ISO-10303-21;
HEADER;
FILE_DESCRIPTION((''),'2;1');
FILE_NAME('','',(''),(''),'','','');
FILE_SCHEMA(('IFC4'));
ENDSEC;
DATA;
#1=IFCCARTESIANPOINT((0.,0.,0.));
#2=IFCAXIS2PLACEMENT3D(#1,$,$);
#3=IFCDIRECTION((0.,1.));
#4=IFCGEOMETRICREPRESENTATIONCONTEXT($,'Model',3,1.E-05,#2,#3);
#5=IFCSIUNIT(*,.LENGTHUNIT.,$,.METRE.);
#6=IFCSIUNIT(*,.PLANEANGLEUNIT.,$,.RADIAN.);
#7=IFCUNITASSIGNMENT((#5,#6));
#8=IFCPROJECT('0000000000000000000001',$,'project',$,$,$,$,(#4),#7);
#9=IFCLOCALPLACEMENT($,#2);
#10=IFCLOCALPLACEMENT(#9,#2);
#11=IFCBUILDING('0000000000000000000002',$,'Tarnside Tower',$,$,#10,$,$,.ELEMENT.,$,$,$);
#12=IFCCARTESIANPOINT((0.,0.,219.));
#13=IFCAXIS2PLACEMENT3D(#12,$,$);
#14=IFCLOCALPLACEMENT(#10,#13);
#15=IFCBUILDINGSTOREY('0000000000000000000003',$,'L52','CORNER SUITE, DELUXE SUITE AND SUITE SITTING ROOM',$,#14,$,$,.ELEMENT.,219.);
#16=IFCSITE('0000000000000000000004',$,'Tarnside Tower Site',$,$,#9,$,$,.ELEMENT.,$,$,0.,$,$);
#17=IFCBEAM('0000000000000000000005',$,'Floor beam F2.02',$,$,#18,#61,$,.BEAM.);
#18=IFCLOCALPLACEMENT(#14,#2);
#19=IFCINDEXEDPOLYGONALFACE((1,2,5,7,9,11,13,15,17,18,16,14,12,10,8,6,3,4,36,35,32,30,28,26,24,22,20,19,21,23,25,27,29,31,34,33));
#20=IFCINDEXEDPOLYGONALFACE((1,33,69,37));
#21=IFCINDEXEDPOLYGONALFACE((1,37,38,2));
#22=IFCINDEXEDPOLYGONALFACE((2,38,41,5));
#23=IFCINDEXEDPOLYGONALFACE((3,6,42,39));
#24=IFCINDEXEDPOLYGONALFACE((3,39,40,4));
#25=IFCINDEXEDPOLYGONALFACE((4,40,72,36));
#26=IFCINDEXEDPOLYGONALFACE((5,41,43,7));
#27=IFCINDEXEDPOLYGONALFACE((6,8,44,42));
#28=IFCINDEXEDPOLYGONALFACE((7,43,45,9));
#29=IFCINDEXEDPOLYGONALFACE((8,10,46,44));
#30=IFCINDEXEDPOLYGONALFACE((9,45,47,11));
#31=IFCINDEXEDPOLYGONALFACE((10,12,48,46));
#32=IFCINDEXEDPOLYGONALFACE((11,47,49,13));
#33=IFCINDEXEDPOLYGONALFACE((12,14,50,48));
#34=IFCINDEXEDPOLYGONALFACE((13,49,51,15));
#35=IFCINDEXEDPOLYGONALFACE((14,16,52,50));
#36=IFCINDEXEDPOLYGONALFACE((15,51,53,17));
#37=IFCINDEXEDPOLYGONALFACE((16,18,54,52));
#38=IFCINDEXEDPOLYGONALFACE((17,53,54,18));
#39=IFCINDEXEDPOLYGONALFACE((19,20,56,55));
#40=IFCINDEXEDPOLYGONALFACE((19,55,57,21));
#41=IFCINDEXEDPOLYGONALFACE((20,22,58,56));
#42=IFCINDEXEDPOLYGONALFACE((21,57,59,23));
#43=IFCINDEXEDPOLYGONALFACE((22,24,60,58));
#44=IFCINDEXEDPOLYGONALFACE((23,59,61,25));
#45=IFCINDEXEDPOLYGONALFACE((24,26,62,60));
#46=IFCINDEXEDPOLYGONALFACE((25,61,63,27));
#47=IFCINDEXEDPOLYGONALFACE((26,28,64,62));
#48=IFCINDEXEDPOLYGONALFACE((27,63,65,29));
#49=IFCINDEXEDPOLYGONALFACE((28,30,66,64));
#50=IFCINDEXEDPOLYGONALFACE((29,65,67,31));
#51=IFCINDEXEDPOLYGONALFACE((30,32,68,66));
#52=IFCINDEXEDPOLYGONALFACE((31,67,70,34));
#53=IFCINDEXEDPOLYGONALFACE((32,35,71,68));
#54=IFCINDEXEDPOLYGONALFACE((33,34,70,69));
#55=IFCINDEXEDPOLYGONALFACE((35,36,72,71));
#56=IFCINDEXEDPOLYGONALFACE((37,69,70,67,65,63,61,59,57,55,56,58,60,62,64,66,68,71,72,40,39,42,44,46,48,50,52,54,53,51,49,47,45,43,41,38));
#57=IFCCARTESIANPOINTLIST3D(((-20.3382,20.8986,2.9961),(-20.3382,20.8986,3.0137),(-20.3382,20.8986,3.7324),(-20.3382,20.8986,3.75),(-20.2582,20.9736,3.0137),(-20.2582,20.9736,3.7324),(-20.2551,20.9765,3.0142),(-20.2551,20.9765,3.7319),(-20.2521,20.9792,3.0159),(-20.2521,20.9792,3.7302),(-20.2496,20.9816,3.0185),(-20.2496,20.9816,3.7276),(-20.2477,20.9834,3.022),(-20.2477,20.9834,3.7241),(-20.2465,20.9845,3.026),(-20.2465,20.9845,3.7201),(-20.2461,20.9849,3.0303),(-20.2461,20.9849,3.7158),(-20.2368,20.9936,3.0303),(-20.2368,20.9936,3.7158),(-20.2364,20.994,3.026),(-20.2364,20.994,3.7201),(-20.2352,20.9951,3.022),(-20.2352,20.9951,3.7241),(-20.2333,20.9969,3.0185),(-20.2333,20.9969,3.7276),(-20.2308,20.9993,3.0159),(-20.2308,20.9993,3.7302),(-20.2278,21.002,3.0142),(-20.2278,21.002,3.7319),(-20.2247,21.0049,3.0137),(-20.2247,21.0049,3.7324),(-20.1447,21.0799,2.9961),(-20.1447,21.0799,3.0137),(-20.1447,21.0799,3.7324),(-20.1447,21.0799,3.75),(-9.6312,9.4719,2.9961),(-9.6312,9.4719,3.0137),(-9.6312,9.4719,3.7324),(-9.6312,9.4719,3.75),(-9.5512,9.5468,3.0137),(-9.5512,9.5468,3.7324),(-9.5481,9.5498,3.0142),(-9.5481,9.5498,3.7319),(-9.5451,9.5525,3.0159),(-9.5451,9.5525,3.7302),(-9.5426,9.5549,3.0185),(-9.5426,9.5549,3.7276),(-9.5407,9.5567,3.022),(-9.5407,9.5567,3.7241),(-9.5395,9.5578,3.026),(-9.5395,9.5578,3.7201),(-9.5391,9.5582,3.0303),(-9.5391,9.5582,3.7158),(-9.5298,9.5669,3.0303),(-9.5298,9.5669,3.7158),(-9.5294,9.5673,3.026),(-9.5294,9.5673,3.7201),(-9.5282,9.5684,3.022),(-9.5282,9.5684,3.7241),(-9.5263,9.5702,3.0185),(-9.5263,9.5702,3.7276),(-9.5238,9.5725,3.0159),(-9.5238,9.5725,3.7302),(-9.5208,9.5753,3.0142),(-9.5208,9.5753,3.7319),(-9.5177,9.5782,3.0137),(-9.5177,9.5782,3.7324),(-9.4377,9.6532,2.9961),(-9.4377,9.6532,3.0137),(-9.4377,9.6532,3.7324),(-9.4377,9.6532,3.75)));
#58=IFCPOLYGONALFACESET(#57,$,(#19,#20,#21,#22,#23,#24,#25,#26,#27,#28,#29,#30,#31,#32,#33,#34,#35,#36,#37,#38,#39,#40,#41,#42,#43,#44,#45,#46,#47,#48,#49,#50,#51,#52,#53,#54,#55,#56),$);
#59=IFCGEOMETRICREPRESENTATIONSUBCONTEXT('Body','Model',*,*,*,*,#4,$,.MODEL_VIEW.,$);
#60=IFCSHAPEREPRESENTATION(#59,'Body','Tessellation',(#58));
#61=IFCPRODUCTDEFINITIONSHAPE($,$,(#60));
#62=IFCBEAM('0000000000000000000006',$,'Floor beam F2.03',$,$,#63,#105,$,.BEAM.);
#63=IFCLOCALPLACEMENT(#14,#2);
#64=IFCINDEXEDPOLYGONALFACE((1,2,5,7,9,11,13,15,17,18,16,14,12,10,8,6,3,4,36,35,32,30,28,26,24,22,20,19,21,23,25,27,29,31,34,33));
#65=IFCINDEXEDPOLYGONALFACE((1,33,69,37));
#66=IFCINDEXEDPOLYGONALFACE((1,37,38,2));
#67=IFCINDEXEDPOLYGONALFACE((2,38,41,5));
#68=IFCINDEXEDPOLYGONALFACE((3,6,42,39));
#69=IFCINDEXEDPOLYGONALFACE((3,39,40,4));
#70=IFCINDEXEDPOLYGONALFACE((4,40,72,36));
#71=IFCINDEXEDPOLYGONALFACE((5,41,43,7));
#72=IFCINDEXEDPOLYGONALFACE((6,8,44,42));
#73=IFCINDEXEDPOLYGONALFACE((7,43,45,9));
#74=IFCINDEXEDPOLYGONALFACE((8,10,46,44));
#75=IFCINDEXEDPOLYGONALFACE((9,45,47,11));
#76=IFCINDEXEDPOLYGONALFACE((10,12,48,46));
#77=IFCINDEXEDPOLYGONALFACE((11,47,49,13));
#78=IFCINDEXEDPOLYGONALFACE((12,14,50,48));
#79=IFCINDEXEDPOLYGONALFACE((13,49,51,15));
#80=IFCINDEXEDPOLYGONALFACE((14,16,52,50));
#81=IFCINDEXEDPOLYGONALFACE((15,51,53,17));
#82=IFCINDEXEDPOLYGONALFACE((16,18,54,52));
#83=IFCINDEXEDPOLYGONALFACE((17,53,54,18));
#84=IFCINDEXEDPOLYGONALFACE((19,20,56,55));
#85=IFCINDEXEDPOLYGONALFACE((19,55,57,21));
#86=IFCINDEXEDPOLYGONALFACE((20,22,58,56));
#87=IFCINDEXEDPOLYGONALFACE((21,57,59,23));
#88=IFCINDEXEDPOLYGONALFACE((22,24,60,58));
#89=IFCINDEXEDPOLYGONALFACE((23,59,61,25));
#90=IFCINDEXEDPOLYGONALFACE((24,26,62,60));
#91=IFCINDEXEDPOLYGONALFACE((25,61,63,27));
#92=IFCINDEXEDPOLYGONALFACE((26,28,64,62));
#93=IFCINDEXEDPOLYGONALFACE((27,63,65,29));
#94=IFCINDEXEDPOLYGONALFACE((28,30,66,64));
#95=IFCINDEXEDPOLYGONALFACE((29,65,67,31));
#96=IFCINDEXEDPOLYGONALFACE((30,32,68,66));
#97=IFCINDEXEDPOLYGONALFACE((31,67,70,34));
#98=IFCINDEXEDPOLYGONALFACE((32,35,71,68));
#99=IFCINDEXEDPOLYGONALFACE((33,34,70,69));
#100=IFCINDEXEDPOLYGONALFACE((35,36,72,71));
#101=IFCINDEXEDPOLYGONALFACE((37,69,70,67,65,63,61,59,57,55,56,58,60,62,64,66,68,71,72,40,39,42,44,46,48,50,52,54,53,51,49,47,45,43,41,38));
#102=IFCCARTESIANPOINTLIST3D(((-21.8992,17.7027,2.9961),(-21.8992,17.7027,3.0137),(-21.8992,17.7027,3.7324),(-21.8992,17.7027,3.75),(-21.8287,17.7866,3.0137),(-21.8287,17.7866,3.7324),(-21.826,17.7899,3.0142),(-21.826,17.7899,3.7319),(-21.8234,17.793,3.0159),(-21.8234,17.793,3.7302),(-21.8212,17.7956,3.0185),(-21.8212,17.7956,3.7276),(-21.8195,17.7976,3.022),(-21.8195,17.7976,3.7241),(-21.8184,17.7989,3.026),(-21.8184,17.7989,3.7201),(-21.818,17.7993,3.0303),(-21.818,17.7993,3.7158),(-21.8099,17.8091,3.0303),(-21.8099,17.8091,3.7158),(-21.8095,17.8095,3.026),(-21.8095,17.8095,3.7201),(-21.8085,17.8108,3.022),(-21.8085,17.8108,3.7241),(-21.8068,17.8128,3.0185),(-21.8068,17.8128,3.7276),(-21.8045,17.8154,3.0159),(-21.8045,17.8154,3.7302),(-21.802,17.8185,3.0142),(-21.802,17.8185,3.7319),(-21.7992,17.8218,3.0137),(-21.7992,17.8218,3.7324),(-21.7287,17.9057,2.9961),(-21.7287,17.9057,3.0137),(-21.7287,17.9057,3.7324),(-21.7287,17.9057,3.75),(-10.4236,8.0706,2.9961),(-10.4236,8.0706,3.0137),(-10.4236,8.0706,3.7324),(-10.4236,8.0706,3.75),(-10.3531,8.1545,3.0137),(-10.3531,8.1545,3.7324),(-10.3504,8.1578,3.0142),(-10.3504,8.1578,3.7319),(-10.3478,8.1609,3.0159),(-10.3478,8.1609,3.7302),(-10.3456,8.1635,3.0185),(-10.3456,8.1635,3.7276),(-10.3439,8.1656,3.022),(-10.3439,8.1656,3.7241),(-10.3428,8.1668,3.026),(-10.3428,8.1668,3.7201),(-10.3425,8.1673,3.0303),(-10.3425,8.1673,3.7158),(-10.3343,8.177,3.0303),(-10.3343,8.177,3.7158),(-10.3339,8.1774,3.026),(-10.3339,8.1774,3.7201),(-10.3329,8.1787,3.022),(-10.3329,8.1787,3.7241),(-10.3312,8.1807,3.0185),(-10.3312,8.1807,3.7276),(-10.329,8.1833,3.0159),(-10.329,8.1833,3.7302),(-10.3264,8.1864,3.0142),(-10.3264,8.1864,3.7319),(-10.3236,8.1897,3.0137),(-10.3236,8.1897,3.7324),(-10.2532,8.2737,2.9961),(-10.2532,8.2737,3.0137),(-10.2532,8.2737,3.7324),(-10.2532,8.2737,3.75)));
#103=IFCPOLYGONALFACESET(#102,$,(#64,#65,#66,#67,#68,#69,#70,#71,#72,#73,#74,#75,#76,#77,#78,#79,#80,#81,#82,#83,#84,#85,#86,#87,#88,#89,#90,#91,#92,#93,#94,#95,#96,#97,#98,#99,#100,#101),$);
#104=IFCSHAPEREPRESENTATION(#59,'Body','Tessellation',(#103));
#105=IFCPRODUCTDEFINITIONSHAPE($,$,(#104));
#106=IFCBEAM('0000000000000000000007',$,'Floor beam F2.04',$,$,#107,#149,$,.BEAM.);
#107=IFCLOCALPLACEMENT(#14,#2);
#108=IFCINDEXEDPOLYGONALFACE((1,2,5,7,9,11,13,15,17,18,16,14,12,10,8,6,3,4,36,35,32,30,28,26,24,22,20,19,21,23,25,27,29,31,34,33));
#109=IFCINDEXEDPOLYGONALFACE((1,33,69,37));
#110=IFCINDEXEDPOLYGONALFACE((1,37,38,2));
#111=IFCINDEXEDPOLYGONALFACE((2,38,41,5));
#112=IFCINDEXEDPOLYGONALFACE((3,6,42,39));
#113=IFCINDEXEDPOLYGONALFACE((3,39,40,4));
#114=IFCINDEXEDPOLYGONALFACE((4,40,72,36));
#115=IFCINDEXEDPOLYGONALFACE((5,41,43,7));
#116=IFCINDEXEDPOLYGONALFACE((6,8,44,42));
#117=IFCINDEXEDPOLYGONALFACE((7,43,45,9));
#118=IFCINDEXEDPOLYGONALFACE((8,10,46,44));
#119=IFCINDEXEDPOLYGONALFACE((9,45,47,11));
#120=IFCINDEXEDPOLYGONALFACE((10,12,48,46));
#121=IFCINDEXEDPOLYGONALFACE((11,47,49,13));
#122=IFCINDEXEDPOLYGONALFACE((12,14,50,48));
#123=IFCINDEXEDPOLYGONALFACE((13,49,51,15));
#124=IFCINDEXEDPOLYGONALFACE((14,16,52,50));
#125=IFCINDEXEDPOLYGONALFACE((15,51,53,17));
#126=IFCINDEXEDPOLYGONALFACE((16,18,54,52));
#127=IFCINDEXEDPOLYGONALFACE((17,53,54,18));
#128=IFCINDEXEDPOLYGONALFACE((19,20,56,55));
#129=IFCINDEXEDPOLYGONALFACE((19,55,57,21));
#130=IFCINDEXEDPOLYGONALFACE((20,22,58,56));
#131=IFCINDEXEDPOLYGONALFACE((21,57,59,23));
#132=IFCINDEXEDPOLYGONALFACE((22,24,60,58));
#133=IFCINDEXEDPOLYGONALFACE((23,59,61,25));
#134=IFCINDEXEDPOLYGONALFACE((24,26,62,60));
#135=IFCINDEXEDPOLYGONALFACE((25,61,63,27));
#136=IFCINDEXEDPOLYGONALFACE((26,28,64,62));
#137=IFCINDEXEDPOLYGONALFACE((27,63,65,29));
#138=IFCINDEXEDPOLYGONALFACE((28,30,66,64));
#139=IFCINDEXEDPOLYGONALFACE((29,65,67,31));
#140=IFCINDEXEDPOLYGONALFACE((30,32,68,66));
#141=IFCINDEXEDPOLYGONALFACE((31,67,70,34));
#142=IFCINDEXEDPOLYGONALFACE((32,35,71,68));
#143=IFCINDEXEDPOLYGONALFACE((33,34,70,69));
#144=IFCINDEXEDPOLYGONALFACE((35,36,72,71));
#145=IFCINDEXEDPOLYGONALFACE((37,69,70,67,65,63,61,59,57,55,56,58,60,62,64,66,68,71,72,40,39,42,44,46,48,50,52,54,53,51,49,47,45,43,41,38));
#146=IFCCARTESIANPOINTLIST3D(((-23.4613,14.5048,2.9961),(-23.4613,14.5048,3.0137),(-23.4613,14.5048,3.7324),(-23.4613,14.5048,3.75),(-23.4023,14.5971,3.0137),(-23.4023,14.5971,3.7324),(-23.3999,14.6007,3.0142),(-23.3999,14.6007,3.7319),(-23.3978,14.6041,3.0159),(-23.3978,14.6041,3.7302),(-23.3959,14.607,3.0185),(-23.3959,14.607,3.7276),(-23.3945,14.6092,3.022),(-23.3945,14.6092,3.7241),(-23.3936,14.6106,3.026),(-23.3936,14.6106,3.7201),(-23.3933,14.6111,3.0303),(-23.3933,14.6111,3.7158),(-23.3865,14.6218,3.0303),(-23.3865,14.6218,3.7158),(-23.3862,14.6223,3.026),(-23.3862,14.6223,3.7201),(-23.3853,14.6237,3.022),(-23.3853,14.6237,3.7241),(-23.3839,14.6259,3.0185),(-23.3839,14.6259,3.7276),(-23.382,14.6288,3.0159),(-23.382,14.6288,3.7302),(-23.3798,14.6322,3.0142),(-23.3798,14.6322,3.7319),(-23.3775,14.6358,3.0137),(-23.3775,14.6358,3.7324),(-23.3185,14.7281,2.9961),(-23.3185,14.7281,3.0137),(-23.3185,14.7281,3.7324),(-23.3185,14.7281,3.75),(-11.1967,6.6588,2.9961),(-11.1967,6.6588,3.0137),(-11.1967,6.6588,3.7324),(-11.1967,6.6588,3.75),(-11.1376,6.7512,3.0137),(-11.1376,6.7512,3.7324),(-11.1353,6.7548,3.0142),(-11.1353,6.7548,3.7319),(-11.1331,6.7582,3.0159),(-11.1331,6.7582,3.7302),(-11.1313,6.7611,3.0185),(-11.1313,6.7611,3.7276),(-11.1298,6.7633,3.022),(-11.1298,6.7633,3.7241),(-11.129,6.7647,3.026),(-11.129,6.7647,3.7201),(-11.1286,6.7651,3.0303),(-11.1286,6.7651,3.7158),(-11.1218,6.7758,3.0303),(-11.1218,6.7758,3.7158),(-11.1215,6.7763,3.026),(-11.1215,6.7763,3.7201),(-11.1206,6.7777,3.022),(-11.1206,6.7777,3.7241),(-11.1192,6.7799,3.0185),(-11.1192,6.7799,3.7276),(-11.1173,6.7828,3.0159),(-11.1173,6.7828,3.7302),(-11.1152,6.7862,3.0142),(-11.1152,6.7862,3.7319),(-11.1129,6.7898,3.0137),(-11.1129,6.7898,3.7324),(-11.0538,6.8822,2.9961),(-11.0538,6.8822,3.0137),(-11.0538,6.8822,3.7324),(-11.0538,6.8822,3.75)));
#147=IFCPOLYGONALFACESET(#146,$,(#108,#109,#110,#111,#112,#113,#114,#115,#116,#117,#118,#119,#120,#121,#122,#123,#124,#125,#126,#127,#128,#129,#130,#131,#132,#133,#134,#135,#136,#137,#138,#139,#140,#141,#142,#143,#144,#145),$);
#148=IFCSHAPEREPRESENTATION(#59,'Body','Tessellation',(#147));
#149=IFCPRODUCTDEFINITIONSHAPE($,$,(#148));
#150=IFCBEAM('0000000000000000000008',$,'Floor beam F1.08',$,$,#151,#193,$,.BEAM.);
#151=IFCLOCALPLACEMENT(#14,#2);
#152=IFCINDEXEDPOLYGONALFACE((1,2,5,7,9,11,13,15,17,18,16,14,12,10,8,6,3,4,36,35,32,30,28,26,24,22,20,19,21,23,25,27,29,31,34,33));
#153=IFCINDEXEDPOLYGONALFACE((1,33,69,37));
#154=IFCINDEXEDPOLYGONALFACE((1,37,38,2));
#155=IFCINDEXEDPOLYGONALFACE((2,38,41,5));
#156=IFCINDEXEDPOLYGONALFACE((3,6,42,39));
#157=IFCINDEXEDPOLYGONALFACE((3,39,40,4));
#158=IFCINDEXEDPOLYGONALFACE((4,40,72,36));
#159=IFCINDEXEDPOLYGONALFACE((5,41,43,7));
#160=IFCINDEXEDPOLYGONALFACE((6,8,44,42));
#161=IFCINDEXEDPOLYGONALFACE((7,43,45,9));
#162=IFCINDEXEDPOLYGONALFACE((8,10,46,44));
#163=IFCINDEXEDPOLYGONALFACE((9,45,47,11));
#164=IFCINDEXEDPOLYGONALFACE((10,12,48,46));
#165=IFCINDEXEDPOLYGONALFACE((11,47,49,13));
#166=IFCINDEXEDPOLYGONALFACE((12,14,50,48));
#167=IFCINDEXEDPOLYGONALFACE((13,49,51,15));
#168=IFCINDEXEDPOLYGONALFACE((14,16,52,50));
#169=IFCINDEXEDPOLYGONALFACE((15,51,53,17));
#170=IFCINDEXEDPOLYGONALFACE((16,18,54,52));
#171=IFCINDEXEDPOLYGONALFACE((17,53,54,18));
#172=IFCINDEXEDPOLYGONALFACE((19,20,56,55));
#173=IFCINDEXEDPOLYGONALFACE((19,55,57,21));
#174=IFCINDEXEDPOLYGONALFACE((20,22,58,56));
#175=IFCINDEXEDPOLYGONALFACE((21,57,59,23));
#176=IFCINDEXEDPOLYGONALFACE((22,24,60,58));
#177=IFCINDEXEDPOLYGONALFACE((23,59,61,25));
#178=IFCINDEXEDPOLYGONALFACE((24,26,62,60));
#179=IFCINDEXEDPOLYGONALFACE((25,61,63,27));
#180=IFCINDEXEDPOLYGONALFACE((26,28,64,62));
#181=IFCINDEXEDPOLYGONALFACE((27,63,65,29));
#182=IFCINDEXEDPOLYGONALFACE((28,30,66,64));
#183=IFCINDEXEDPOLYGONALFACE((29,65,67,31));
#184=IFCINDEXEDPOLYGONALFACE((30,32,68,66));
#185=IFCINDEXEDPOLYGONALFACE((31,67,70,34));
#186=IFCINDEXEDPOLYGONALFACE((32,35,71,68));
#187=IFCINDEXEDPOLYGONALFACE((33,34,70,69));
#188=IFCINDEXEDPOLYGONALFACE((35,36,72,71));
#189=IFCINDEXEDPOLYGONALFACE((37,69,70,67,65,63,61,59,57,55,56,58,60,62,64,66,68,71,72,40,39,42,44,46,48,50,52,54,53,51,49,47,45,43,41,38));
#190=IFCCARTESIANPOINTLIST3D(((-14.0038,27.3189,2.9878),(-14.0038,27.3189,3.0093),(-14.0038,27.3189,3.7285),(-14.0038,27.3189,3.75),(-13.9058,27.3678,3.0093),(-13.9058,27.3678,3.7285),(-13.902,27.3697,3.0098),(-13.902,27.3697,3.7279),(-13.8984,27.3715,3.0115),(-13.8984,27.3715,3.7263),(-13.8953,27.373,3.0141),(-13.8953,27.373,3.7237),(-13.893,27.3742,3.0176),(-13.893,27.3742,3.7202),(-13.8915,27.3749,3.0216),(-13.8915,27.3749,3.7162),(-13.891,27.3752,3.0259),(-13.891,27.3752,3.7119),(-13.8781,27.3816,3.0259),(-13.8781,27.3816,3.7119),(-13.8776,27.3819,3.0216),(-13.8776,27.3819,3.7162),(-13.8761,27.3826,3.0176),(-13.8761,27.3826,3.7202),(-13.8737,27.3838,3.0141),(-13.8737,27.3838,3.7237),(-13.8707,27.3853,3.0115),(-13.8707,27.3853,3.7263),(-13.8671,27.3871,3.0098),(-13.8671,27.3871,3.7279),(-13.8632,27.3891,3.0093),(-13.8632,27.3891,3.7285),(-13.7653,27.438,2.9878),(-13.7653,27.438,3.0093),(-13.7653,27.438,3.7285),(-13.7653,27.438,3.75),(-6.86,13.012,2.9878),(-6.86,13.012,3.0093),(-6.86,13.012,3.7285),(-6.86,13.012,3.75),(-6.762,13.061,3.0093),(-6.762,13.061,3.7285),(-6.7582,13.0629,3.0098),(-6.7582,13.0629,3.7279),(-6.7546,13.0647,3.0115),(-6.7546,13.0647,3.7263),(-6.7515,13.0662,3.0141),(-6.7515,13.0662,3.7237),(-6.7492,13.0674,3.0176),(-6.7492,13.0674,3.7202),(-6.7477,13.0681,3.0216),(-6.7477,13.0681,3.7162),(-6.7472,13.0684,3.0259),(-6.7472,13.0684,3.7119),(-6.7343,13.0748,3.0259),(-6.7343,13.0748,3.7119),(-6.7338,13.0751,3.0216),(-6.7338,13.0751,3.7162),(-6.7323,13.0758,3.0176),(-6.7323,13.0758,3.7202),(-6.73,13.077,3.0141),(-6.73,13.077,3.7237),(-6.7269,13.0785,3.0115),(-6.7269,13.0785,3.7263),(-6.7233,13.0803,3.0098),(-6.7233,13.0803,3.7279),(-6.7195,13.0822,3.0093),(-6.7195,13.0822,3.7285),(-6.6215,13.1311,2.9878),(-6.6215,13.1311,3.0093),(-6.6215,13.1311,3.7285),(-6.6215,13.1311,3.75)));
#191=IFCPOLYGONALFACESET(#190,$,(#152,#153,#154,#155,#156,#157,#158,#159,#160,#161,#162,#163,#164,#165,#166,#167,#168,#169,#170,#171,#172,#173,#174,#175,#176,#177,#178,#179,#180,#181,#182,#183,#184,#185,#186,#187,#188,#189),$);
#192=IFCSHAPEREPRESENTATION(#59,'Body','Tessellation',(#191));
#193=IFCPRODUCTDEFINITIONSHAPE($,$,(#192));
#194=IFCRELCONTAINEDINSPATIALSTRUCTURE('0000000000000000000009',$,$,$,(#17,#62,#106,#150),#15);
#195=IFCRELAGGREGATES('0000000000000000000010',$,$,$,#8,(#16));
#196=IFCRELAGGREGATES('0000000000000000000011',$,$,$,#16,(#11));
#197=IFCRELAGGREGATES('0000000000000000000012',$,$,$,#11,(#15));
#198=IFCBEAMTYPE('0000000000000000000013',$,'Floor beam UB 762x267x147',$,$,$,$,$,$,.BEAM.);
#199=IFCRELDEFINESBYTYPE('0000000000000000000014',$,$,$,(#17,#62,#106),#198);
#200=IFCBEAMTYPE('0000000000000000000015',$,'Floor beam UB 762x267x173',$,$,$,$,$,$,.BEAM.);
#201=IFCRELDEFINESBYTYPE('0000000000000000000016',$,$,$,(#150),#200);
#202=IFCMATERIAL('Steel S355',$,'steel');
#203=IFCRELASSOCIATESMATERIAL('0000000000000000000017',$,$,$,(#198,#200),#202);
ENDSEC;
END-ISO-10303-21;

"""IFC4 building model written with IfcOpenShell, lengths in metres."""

from ifc_helpers import new_model, si_unit, direction, frame, origin, origin_2d, place, context, subcontext, project, spatial, i_section, extrude, material, material_profile, profile_set, type_object, element, save


model = new_model("IFC4")

# Units and contexts
model_context = context("Model", 3, precision=1e-05, world=origin(), true_north=direction((0.0, 1.0)))
body_context = subcontext(model_context, "Body", "Model", "MODEL_VIEW")
ifc_project = project(units=[si_unit("LENGTHUNIT", "METRE"), si_unit("PLANEANGLEUNIT", "RADIAN")], contexts=[model_context])

# Site, building, storey
site_placement = place(None, origin())
site = spatial("IfcSite", under=ifc_project, at=site_placement, Name="Tarnside Tower Site", CompositionType="ELEMENT", RefElevation=0.0)
building_placement = place(site_placement, origin())
building = spatial("IfcBuilding", under=site, at=building_placement, Name="Tarnside Tower", CompositionType="ELEMENT")
storey_placement = place(building_placement, frame((0.0, 0.0, 219.0)))
storey = spatial("IfcBuildingStorey", under=building, at=storey_placement, Name="L52", Description="CORNER SUITE, DELUXE SUITE AND SUITE SITTING ROOM", CompositionType="ELEMENT", Elevation=219.0)

# Beams
ifc_material_1 = material(Name="Steel S355", Category="steel")
ifc_material_profile_1 = material_profile(ifc_material_1, i_section(OverallWidth=0.2651, OverallDepth=0.7539, WebThickness=0.0127, FlangeThickness=0.0176, FilletRadius=0.0166, at=origin_2d()), Name="UB 762x267x147")
ifc_profile_set_1 = profile_set([ifc_material_profile_1], Name="Steel S355")
beam_type_1 = type_object("IfcBeamType", Name="Floor beam UB 762x267x147", PredefinedType="BEAM", material=ifc_profile_set_1)
beam_1_placement = place(storey_placement, frame((-20.2415, 20.9893, 3.373), z_axis=(0.683752, -0.729714, 0.0), x_axis=(0.729714, 0.683752, 0.0)))
element("IfcBeam", 1, at=beam_1_placement, inside=storey, type_object=beam_type_1, Name="Floor beam F2.02", PredefinedType="BEAM", context=body_context, shape_type="SweptSolid", body=[
    extrude(i_section(OverallWidth=0.2651, OverallDepth=0.7539, WebThickness=0.0127, FlangeThickness=0.0176, FilletRadius=0.0166, at=origin_2d()), origin(), (0.0, 0.0, 1.0), 15.6592),
])
beam_2_placement = place(storey_placement, frame((-21.814, 17.8042, 3.373), z_axis=(0.765948, -0.642902, 0.0), x_axis=(0.642902, 0.765948, 0.0)))
element("IfcBeam", 2, at=beam_2_placement, inside=storey, type_object=beam_type_1, Name="Floor beam F2.03", PredefinedType="BEAM", context=body_context, shape_type="SweptSolid", body=[
    extrude(i_section(OverallWidth=0.2651, OverallDepth=0.7539, WebThickness=0.0127, FlangeThickness=0.0176, FilletRadius=0.0166, at=origin_2d()), origin(), (0.0, 0.0, 1.0), 14.9822),
])
beam_3_placement = place(storey_placement, frame((-23.3899, 14.6165, 3.373), z_axis=(0.842378, -0.538887, 0.0), x_axis=(0.538887, 0.842378, 0.0)))
element("IfcBeam", 3, at=beam_3_placement, inside=storey, type_object=beam_type_1, Name="Floor beam F2.04", PredefinedType="BEAM", context=body_context, shape_type="SweptSolid", body=[
    extrude(i_section(OverallWidth=0.2651, OverallDepth=0.7539, WebThickness=0.0127, FlangeThickness=0.0176, FilletRadius=0.0166, at=origin_2d()), origin(), (0.0, 0.0, 1.0), 14.5596),
])
ifc_material_profile_2 = material_profile(ifc_material_1, i_section(OverallWidth=0.2666, OverallDepth=0.7622, WebThickness=0.0144, FlangeThickness=0.0215, FilletRadius=0.0166, at=origin_2d()), Name="UB 762x267x173")
ifc_profile_set_2 = profile_set([ifc_material_profile_2], Name="Steel S355")
beam_type_2 = type_object("IfcBeamType", Name="Floor beam UB 762x267x173", PredefinedType="BEAM", material=ifc_profile_set_2)
beam_4_placement = place(storey_placement, frame((-13.8845, 27.3784, 3.3689), z_axis=(0.446731, -0.894668, 0.0), x_axis=(0.894668, 0.446731, 0.0)))
element("IfcBeam", 4, at=beam_4_placement, inside=storey, type_object=beam_type_2, Name="Floor beam F1.08", PredefinedType="BEAM", context=body_context, shape_type="SweptSolid", body=[
    extrude(i_section(OverallWidth=0.2666, OverallDepth=0.7622, WebThickness=0.0144, FlangeThickness=0.0215, FilletRadius=0.0166, at=origin_2d()), origin(), (0.0, 0.0, 1.0), 15.9912),
])

save(model, "model.ifc")
